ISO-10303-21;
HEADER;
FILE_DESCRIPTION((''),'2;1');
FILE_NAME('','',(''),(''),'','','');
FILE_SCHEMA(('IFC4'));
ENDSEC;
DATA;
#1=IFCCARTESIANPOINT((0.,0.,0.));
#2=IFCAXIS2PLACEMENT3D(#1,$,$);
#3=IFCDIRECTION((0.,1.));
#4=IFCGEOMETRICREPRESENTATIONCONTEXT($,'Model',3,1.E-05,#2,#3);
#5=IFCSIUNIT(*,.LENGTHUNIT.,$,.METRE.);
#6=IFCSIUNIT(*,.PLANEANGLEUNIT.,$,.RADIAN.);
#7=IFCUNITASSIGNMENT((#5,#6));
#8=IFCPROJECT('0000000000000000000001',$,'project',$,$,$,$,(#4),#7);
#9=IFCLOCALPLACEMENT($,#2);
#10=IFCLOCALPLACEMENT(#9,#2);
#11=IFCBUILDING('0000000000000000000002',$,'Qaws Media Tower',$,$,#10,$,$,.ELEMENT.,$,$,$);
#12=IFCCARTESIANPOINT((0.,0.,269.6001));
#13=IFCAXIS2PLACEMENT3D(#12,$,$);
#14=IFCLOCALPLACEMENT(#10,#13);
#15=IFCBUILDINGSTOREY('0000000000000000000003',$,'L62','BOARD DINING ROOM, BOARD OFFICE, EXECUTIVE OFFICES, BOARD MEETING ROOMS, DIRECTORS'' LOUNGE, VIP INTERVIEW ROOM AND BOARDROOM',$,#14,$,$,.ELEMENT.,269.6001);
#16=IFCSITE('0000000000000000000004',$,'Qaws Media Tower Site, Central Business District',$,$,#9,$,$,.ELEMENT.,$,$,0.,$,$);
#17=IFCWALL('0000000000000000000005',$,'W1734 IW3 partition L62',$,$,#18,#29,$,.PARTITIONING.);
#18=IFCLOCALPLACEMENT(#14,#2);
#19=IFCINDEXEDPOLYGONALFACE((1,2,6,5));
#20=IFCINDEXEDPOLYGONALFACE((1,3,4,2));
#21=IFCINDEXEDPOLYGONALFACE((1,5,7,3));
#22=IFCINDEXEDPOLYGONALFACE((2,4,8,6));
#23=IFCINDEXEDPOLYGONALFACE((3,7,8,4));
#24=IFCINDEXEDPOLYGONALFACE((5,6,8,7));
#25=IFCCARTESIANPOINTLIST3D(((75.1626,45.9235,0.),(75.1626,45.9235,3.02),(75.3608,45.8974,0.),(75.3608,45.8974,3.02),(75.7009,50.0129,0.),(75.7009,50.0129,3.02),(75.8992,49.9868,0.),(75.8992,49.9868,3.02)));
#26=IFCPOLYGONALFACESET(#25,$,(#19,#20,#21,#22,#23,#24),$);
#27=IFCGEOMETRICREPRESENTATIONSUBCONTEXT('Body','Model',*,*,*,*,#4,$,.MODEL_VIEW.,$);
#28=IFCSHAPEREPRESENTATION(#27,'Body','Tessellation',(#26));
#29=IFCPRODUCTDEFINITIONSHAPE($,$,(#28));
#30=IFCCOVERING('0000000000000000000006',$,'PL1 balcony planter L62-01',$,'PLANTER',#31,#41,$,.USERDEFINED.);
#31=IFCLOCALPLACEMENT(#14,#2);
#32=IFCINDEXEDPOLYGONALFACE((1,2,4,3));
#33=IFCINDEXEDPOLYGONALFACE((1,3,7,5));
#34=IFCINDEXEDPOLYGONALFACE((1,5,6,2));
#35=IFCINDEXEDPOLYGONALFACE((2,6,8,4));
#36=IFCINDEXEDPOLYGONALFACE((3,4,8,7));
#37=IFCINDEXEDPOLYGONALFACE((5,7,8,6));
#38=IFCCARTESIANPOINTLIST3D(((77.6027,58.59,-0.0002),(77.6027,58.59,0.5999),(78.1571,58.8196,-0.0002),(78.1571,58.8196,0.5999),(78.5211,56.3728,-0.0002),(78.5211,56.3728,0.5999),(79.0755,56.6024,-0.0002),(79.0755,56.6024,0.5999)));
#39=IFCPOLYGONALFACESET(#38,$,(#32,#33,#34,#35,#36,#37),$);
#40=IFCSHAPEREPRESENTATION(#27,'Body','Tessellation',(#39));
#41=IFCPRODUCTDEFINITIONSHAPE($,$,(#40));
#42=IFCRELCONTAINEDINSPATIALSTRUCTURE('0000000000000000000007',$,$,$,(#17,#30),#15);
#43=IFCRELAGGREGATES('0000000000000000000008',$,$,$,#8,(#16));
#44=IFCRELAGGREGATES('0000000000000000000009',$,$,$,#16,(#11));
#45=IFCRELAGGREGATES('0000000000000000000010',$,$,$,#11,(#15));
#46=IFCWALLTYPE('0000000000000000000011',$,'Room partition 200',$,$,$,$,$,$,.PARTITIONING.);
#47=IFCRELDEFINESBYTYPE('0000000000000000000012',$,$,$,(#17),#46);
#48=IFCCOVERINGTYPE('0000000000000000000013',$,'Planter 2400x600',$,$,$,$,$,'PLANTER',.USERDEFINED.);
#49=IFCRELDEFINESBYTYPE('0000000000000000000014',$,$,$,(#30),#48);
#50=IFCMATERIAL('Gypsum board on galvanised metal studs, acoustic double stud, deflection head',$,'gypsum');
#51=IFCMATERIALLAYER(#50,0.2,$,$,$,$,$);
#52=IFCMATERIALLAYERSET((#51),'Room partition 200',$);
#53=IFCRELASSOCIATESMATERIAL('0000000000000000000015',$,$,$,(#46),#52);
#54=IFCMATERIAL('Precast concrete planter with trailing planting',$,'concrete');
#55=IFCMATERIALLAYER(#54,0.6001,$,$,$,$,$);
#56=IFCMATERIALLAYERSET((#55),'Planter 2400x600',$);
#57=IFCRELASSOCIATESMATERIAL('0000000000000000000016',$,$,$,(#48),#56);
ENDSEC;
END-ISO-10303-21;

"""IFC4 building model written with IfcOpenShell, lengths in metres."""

from ifc_helpers import new_model, si_unit, direction, frame, frame_2d, origin, origin_2d, place, context, subcontext, project, spatial, rectangle, extrude, material, layer, layer_set, type_object, element, save


model = new_model("IFC4")

# Units and contexts
model_context = context("Model", 3, precision=1e-05, world=origin(), true_north=direction((0.0, 1.0)))
body_context = subcontext(model_context, "Body", "Model", "MODEL_VIEW")
ifc_project = project(units=[si_unit("LENGTHUNIT", "METRE"), si_unit("PLANEANGLEUNIT", "RADIAN")], contexts=[model_context])

# Site, building, storey
site_placement = place(None, origin())
site = spatial("IfcSite", under=ifc_project, at=site_placement, Name="Qaws Media Tower Site, Central Business District", CompositionType="ELEMENT", RefElevation=0.0)
building_placement = place(site_placement, origin())
building = spatial("IfcBuilding", under=site, at=building_placement, Name="Qaws Media Tower", CompositionType="ELEMENT")
storey_placement = place(building_placement, frame((0.0, 0.0, 269.6001)))
storey = spatial("IfcBuildingStorey", under=building, at=storey_placement, Name="L62", Description="BOARD DINING ROOM, BOARD OFFICE, EXECUTIVE OFFICES, BOARD MEETING ROOMS, DIRECTORS' LOUNGE, VIP INTERVIEW ROOM AND BOARDROOM", CompositionType="ELEMENT", Elevation=269.6001)

# Shared definitions
ifc_material_1 = material(Name="Gypsum board on galvanised metal studs, acoustic double stud, deflection head", Category="gypsum")
ifc_layer_1 = layer(ifc_material_1, 0.2)
ifc_layer_set_1 = layer_set([ifc_layer_1], Name="Room partition 200")
wall_type_1 = type_object("IfcWallType", Name="Room partition 200", PredefinedType="PARTITIONING", material=ifc_layer_set_1)

# Wall
wall_1_placement = place(storey_placement, frame((75.8, 50.0, 0.0), z_axis=(0.0, 0.0, 1.0), x_axis=(-0.130516, -0.991446, 0.0)))
element("IfcWall", 1, at=wall_1_placement, inside=storey, type_object=wall_type_1, Name="W1734 IW3 partition L62", PredefinedType="PARTITIONING", context=body_context, shape_type="SweptSolid", body=[
    extrude(rectangle(XDim=4.1248, YDim=0.2, at=frame_2d((2.0625, 0.0))), origin(), (0.0, 0.0, 1.0), 3.02),
])

# Covering
ifc_material_2 = material(Name="Precast concrete planter with trailing planting", Category="concrete")
ifc_layer_2 = layer(ifc_material_2, 0.6001)
ifc_layer_set_2 = layer_set([ifc_layer_2], Name="Planter 2400x600")
covering_type = type_object("IfcCoveringType", Name="Planter 2400x600", ElementType="PLANTER", PredefinedType="USERDEFINED", material=ifc_layer_set_2)
covering_placement = place(storey_placement, frame((78.3391, 57.5962, -0.0002), z_axis=(0.0, 0.0, 1.0), x_axis=(-0.382683, 0.92388, 0.0)))
element("IfcCovering", 2, at=covering_placement, inside=storey, type_object=covering_type, Name="PL1 balcony planter L62-01", ObjectType="PLANTER", PredefinedType="USERDEFINED", context=body_context, shape_type="SweptSolid", body=[
    extrude(rectangle(XDim=2.3999, YDim=0.6001, at=origin_2d()), origin(), (0.0, 0.0, 1.0), 0.6001),
])

save(model, "model.ifc")
